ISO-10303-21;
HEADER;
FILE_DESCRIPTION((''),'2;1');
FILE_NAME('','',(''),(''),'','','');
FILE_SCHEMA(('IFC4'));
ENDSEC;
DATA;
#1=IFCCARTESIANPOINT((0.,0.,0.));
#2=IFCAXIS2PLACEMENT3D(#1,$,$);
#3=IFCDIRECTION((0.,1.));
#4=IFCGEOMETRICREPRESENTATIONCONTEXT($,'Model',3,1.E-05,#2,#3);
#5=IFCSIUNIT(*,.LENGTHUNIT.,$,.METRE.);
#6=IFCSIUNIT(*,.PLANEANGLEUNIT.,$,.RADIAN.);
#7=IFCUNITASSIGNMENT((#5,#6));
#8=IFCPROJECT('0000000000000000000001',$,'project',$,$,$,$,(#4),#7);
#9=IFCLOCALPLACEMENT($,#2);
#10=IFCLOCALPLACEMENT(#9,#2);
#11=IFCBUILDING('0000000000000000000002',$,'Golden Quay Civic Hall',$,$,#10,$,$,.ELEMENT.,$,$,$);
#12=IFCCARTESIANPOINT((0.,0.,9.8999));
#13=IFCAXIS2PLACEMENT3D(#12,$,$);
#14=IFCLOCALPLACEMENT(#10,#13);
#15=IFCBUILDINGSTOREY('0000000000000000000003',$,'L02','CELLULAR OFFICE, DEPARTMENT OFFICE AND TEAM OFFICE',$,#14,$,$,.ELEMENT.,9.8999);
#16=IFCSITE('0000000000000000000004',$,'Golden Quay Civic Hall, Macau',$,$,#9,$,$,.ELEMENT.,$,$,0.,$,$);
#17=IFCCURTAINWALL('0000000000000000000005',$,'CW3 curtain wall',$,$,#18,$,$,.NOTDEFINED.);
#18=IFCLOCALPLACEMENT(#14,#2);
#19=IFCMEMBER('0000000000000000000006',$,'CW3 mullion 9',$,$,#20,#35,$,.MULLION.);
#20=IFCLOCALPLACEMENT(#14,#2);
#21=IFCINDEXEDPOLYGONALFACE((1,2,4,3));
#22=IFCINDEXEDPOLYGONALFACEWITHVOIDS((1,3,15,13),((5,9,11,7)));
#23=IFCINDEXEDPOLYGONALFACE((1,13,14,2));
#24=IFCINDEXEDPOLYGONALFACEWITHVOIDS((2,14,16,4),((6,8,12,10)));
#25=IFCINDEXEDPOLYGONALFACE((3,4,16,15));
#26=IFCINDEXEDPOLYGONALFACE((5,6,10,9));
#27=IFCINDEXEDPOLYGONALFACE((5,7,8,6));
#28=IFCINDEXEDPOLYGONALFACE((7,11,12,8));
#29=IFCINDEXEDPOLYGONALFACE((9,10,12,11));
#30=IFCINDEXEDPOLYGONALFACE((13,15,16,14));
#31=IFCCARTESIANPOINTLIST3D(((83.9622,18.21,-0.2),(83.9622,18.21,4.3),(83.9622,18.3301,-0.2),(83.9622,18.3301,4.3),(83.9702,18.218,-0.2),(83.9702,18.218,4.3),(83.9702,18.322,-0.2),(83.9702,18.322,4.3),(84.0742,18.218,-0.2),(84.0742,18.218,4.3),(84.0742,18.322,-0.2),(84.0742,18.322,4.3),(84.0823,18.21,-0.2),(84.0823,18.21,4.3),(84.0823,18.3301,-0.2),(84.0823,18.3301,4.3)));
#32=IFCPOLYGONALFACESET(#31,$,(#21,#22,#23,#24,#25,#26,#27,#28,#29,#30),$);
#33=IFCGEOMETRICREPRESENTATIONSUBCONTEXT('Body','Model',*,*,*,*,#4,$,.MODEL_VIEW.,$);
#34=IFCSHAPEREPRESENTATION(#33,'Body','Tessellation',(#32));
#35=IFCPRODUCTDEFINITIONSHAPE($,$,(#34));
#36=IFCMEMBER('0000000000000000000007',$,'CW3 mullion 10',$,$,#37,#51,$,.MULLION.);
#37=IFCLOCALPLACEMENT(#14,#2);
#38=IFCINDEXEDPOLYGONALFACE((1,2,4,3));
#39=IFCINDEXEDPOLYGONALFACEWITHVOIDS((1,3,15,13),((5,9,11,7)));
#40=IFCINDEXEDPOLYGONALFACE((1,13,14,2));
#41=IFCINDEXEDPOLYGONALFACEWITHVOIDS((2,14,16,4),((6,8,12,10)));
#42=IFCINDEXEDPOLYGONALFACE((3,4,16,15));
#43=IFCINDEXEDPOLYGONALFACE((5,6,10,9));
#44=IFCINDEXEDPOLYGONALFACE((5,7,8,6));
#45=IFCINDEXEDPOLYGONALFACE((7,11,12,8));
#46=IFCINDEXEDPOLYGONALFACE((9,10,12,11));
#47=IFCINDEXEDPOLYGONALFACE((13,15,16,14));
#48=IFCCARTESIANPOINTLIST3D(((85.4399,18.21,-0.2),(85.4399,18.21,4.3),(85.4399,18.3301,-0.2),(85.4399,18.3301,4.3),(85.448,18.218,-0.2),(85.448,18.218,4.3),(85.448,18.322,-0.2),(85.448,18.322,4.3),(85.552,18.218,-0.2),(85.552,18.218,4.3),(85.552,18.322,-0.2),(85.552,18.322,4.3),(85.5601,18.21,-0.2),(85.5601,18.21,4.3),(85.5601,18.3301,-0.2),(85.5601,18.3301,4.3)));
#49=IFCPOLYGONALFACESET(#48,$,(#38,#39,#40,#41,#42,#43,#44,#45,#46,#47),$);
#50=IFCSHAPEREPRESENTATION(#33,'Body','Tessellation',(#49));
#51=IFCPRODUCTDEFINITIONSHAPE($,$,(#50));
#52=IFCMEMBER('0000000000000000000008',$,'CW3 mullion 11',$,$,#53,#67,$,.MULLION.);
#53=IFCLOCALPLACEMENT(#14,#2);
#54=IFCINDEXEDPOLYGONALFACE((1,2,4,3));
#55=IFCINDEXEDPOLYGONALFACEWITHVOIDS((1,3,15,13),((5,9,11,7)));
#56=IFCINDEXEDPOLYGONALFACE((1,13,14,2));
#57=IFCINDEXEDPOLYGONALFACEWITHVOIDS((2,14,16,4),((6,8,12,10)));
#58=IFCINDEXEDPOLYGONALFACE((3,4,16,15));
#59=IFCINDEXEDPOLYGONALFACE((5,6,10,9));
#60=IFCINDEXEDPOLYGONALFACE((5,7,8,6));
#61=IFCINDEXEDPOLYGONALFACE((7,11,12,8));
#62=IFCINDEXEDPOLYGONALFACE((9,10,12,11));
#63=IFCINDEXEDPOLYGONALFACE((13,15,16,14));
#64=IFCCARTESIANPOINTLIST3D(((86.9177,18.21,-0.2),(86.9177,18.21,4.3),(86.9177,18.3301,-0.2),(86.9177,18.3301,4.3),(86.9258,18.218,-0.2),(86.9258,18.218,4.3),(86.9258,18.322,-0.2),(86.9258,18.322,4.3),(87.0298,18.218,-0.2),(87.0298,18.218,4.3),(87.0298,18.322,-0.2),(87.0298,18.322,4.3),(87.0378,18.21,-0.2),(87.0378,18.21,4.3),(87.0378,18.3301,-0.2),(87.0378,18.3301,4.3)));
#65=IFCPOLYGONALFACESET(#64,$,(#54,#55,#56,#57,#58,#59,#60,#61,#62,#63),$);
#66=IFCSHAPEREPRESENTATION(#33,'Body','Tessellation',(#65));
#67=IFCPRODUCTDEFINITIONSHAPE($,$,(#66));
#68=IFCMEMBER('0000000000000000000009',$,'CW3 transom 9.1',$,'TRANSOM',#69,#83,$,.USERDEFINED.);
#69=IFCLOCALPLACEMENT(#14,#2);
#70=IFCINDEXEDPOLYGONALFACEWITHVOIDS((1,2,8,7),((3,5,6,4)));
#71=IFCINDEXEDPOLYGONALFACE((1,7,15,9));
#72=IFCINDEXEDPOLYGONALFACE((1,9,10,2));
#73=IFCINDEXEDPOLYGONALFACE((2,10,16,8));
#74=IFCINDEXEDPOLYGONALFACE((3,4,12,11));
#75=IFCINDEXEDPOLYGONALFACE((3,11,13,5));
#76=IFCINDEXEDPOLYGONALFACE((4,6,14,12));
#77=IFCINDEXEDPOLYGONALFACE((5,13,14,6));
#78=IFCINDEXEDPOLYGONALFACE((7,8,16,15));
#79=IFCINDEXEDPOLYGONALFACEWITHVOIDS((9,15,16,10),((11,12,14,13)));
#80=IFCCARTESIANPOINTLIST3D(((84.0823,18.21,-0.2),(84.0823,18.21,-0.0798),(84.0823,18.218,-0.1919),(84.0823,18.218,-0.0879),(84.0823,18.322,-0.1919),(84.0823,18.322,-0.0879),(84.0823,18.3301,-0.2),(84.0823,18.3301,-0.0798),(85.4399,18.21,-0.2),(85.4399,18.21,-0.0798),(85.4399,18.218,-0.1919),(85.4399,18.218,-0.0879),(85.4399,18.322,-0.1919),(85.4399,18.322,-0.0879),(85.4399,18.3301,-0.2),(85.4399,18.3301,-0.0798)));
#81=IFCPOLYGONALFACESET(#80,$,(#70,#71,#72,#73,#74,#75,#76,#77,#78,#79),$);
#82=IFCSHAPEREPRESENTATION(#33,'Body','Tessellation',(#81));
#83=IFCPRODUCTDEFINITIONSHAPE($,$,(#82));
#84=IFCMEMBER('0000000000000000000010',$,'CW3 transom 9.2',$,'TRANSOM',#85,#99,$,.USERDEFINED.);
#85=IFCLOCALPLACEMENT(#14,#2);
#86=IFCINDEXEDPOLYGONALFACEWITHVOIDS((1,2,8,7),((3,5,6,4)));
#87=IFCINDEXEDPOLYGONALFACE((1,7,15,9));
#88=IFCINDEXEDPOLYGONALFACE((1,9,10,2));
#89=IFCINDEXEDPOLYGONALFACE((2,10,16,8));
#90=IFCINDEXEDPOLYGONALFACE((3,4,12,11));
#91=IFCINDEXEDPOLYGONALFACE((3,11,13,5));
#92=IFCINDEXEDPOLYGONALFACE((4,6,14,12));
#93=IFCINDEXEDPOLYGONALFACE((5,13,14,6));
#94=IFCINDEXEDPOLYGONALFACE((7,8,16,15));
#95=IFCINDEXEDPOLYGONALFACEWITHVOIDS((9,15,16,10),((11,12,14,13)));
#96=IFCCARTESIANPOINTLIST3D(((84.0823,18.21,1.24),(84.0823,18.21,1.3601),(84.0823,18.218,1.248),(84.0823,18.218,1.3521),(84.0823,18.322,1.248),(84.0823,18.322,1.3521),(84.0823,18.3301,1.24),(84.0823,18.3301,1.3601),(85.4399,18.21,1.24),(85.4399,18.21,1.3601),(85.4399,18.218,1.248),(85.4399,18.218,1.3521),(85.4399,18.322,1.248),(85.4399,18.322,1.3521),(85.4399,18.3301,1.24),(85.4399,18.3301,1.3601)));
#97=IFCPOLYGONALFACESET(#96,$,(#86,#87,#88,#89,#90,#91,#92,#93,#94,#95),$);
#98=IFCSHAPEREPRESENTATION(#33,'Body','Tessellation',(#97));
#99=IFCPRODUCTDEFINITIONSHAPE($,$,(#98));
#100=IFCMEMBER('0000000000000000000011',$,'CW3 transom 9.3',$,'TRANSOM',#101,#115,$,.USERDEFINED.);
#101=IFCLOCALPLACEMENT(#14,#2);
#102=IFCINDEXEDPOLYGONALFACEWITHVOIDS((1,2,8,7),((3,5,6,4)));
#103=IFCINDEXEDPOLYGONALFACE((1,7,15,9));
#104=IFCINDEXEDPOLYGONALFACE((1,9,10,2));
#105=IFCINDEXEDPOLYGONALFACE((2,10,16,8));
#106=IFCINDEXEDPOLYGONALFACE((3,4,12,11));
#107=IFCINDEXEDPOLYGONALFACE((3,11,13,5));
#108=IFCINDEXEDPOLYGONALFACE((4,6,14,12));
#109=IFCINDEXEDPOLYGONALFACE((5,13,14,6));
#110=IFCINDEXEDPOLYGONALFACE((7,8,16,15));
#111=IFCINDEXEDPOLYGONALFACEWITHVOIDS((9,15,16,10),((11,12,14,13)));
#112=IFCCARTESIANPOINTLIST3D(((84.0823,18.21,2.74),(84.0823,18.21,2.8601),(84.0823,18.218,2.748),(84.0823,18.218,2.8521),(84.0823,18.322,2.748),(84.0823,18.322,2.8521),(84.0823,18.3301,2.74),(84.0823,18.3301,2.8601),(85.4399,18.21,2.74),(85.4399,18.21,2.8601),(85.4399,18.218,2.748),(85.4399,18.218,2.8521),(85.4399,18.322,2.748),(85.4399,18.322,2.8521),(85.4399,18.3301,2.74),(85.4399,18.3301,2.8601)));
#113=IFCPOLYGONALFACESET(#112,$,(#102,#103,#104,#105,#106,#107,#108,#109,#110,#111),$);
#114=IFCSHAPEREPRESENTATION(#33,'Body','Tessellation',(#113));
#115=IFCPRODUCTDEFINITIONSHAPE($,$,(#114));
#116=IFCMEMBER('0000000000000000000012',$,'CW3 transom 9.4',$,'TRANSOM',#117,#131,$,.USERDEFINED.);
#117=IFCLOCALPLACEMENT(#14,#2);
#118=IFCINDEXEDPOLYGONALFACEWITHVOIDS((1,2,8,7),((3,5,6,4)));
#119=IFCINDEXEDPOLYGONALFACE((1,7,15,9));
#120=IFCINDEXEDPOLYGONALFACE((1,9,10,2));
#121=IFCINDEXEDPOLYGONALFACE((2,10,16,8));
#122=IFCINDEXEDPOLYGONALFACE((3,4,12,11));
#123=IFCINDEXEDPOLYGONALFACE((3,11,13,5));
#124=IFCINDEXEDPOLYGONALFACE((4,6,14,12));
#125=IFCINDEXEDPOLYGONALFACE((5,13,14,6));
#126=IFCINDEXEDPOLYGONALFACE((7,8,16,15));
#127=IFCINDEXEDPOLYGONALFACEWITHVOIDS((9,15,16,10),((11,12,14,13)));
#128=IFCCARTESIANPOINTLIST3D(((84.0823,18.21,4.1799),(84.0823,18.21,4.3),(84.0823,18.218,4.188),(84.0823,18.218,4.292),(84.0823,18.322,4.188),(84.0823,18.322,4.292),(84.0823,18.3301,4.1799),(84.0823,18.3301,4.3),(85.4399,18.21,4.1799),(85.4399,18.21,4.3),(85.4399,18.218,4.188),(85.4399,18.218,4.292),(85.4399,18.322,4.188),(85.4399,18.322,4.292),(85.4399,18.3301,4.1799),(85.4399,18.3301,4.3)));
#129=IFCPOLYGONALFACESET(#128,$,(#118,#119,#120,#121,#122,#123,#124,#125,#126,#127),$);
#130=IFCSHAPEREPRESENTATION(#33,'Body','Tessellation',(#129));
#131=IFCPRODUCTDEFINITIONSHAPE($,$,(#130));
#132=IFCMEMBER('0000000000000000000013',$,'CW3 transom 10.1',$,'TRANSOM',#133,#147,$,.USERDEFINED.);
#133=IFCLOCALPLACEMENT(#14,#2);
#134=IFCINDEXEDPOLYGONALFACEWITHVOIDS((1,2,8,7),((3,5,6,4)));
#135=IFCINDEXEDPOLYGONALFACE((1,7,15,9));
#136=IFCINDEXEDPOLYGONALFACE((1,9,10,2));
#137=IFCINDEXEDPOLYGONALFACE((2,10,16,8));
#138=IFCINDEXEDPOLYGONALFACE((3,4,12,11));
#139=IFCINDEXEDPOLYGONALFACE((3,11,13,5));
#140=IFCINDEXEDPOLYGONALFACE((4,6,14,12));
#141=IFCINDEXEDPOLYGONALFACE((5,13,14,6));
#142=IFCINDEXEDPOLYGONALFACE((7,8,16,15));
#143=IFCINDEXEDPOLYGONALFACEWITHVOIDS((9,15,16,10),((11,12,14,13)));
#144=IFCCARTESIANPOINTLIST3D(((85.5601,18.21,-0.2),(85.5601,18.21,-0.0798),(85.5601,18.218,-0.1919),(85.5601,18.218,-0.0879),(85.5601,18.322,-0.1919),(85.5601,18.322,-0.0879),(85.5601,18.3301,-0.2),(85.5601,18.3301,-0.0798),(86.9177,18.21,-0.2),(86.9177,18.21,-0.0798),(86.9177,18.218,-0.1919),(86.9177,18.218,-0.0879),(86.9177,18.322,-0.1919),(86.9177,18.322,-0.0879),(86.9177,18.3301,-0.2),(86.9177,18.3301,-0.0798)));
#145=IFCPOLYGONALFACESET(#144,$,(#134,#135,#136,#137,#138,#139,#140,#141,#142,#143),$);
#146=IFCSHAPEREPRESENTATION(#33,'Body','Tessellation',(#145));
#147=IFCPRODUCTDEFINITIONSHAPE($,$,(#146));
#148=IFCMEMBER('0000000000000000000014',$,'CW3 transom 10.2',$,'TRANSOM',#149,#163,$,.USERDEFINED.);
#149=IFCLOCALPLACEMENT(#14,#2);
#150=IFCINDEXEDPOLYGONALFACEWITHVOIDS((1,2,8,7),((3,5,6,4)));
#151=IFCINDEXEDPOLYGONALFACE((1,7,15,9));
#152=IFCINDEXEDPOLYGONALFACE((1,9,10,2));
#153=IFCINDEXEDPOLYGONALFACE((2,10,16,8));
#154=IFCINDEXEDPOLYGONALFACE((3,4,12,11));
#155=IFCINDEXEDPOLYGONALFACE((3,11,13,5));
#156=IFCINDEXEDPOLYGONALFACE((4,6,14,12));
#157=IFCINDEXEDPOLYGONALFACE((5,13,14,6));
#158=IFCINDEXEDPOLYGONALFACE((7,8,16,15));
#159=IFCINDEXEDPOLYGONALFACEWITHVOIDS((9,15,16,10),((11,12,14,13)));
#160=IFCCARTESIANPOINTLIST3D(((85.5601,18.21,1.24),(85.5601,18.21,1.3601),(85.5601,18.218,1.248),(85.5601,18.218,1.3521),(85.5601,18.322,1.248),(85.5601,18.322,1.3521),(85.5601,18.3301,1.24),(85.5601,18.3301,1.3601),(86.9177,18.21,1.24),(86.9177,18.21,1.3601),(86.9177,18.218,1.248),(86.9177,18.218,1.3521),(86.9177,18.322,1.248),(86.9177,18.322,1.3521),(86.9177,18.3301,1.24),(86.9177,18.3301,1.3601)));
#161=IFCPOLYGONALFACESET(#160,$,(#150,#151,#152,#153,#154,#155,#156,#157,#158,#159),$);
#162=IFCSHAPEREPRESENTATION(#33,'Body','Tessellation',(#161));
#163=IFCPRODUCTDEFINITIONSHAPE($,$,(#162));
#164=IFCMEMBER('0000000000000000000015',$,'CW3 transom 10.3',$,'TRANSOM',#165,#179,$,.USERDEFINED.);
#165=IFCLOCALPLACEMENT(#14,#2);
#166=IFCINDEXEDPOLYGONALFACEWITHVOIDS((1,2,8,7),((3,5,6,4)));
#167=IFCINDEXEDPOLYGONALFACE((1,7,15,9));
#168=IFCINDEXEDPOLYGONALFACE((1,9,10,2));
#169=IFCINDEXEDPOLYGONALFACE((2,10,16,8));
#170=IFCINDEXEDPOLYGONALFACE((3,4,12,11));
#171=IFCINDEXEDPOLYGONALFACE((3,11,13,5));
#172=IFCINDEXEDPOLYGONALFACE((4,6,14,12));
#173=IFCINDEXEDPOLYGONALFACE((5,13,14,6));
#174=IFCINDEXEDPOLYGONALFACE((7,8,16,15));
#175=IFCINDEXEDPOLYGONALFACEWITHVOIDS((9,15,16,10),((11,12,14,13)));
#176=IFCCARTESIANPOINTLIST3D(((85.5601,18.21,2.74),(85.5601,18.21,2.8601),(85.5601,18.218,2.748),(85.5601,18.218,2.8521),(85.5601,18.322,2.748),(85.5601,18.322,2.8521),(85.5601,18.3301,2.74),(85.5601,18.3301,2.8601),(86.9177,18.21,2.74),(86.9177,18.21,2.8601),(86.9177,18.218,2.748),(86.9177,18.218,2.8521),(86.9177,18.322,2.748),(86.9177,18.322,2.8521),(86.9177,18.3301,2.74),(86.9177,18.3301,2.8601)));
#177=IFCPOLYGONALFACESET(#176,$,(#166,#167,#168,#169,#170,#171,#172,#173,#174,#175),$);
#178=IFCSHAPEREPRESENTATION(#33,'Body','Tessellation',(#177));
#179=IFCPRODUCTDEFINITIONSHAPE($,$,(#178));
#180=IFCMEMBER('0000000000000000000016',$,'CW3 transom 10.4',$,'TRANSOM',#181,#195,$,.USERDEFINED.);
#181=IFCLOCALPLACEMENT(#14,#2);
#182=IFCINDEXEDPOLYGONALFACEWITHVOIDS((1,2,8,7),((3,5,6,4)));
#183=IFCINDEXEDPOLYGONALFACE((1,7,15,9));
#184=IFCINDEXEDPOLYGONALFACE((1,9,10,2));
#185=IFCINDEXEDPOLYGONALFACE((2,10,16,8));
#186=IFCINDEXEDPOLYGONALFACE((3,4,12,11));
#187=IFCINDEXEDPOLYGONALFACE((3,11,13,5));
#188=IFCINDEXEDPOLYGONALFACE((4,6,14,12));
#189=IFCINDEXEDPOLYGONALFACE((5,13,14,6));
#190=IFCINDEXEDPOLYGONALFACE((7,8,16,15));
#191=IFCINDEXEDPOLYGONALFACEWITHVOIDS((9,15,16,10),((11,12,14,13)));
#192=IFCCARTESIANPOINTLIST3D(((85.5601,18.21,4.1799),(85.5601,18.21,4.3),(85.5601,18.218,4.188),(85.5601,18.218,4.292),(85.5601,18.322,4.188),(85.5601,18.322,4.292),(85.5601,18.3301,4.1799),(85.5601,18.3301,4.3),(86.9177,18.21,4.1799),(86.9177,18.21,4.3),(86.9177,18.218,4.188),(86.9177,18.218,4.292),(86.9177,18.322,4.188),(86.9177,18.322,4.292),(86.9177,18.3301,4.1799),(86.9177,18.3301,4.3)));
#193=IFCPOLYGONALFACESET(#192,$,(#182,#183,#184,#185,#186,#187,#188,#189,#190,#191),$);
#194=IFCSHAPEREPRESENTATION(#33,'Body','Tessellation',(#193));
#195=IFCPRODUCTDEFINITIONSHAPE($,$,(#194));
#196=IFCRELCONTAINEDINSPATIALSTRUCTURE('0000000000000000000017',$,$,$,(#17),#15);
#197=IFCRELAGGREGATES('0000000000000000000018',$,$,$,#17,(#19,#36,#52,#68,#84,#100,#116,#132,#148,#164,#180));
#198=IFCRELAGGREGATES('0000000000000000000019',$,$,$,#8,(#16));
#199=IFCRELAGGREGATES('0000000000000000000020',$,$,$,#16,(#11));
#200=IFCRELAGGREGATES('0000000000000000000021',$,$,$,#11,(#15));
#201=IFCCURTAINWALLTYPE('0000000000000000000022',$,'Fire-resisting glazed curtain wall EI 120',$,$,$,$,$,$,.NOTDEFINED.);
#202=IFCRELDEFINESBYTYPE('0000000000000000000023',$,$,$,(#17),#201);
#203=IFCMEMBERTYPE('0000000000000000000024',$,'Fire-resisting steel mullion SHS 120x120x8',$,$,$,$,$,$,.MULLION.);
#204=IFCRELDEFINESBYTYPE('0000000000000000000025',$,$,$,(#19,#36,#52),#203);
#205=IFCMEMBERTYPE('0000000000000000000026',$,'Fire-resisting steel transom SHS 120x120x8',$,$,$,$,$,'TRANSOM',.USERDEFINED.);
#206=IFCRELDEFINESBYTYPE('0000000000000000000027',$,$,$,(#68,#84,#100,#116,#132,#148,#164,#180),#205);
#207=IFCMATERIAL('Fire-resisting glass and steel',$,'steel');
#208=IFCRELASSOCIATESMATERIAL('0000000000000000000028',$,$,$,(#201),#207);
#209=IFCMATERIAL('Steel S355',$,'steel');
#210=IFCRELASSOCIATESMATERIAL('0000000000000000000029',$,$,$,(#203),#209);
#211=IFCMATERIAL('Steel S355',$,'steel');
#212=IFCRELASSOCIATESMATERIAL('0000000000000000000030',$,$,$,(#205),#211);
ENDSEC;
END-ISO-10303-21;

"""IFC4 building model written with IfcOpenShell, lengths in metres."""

from ifc_helpers import new_model, si_unit, direction, frame, origin, origin_2d, place, context, subcontext, project, spatial, hollow_rectangle, extrude, material, material_profile, profile_set, type_object, element, aggregate, save


model = new_model("IFC4")

# Units and contexts
model_context = context("Model", 3, precision=1e-05, world=origin(), true_north=direction((0.0, 1.0)))
body_context = subcontext(model_context, "Body", "Model", "MODEL_VIEW")
ifc_project = project(units=[si_unit("LENGTHUNIT", "METRE"), si_unit("PLANEANGLEUNIT", "RADIAN")], contexts=[model_context])

# Site, building, storey
site_placement = place(None, origin())
site = spatial("IfcSite", under=ifc_project, at=site_placement, Name="Golden Quay Civic Hall, Macau", CompositionType="ELEMENT", RefElevation=0.0)
building_placement = place(site_placement, origin())
building = spatial("IfcBuilding", under=site, at=building_placement, Name="Golden Quay Civic Hall", CompositionType="ELEMENT")
storey_placement = place(building_placement, frame((0.0, 0.0, 9.8999)))
storey = spatial("IfcBuildingStorey", under=building, at=storey_placement, Name="L02", Description="CELLULAR OFFICE, DEPARTMENT OFFICE AND TEAM OFFICE", CompositionType="ELEMENT", Elevation=9.8999)

# Curtain wall, members
ifc_material_1 = material(Name="Fire-resisting glass and steel", Category="steel")
curtain_wall_type_1 = type_object("IfcCurtainWallType", Name="Fire-resisting glazed curtain wall EI 120", PredefinedType="NOTDEFINED", material=ifc_material_1)
curtain_wall_1_placement = place(storey_placement, origin())
curtain_wall_1 = element("IfcCurtainWall", 1, at=curtain_wall_1_placement, inside=storey, type_object=curtain_wall_type_1, Name="CW3 curtain wall", PredefinedType="NOTDEFINED")
ifc_material_2 = material(Name="Steel S355", Category="steel")
ifc_material_profile_1 = material_profile(ifc_material_2, hollow_rectangle(XDim=0.1201, YDim=0.1201, WallThickness=0.0081, at=origin_2d()), Name="SHS 120x120x8")
ifc_profile_set_1 = profile_set([ifc_material_profile_1], Name="Steel S355")
member_type_1 = type_object("IfcMemberType", Name="Fire-resisting steel mullion SHS 120x120x8", PredefinedType="MULLION", material=ifc_profile_set_1)
member_1_placement = place(storey_placement, frame((84.0222, 18.27, -0.2), z_axis=(0.0, 0.0, 1.0), x_axis=(0.0, 1.0, 0.0)))
member_1 = element("IfcMember", 2, at=member_1_placement, type_object=member_type_1, Name="CW3 mullion 9", PredefinedType="MULLION", context=body_context, shape_type="SweptSolid", body=[
    extrude(hollow_rectangle(XDim=0.1201, YDim=0.1201, WallThickness=0.0081, at=origin_2d()), origin(), (0.0, 0.0, 1.0), 4.5),
])
member_2_placement = place(storey_placement, frame((85.5, 18.27, -0.2), z_axis=(0.0, 0.0, 1.0), x_axis=(0.0, 1.0, 0.0)))
member_2 = element("IfcMember", 3, at=member_2_placement, type_object=member_type_1, Name="CW3 mullion 10", PredefinedType="MULLION", context=body_context, shape_type="SweptSolid", body=[
    extrude(hollow_rectangle(XDim=0.1201, YDim=0.1201, WallThickness=0.0081, at=origin_2d()), origin(), (0.0, 0.0, 1.0), 4.5),
])
member_3_placement = place(storey_placement, frame((86.9778, 18.27, -0.2), z_axis=(0.0, 0.0, 1.0), x_axis=(0.0, 1.0, 0.0)))
member_3 = element("IfcMember", 4, at=member_3_placement, type_object=member_type_1, Name="CW3 mullion 11", PredefinedType="MULLION", context=body_context, shape_type="SweptSolid", body=[
    extrude(hollow_rectangle(XDim=0.1201, YDim=0.1201, WallThickness=0.0081, at=origin_2d()), origin(), (0.0, 0.0, 1.0), 4.5),
])
ifc_material_3 = material(Name="Steel S355", Category="steel")
ifc_material_profile_2 = material_profile(ifc_material_3, hollow_rectangle(XDim=0.1201, YDim=0.1201, WallThickness=0.0081, at=origin_2d()), Name="SHS 120x120x8")
ifc_profile_set_2 = profile_set([ifc_material_profile_2], Name="Steel S355")
member_type_2 = type_object("IfcMemberType", Name="Fire-resisting steel transom SHS 120x120x8", ElementType="TRANSOM", PredefinedType="USERDEFINED", material=ifc_profile_set_2)
member_4_placement = place(storey_placement, frame((84.0823, 18.27, -0.1399), z_axis=(1.0, 0.0, 0.0), x_axis=(0.0, 1.0, 0.0)))
member_4 = element("IfcMember", 5, at=member_4_placement, type_object=member_type_2, Name="CW3 transom 9.1", ObjectType="TRANSOM", PredefinedType="USERDEFINED", context=body_context, shape_type="SweptSolid", body=[
    extrude(hollow_rectangle(XDim=0.1201, YDim=0.1201, WallThickness=0.0081, at=origin_2d()), origin(), (0.0, 0.0, 1.0), 1.3577),
])
member_5_placement = place(storey_placement, frame((84.0823, 18.27, 1.3), z_axis=(1.0, 0.0, 0.0), x_axis=(0.0, 1.0, 0.0)))
member_5 = element("IfcMember", 6, at=member_5_placement, type_object=member_type_2, Name="CW3 transom 9.2", ObjectType="TRANSOM", PredefinedType="USERDEFINED", context=body_context, shape_type="SweptSolid", body=[
    extrude(hollow_rectangle(XDim=0.1201, YDim=0.1201, WallThickness=0.0081, at=origin_2d()), origin(), (0.0, 0.0, 1.0), 1.3577),
])
member_6_placement = place(storey_placement, frame((84.0823, 18.27, 2.8), z_axis=(1.0, 0.0, 0.0), x_axis=(0.0, 1.0, 0.0)))
member_6 = element("IfcMember", 7, at=member_6_placement, type_object=member_type_2, Name="CW3 transom 9.3", ObjectType="TRANSOM", PredefinedType="USERDEFINED", context=body_context, shape_type="SweptSolid", body=[
    extrude(hollow_rectangle(XDim=0.1201, YDim=0.1201, WallThickness=0.0081, at=origin_2d()), origin(), (0.0, 0.0, 1.0), 1.3577),
])
member_7_placement = place(storey_placement, frame((84.0823, 18.27, 4.24), z_axis=(1.0, 0.0, 0.0), x_axis=(0.0, 1.0, 0.0)))
member_7 = element("IfcMember", 8, at=member_7_placement, type_object=member_type_2, Name="CW3 transom 9.4", ObjectType="TRANSOM", PredefinedType="USERDEFINED", context=body_context, shape_type="SweptSolid", body=[
    extrude(hollow_rectangle(XDim=0.1201, YDim=0.1201, WallThickness=0.0081, at=origin_2d()), origin(), (0.0, 0.0, 1.0), 1.3577),
])
member_8_placement = place(storey_placement, frame((85.5601, 18.27, -0.1399), z_axis=(1.0, 0.0, 0.0), x_axis=(0.0, 1.0, 0.0)))
member_8 = element("IfcMember", 9, at=member_8_placement, type_object=member_type_2, Name="CW3 transom 10.1", ObjectType="TRANSOM", PredefinedType="USERDEFINED", context=body_context, shape_type="SweptSolid", body=[
    extrude(hollow_rectangle(XDim=0.1201, YDim=0.1201, WallThickness=0.0081, at=origin_2d()), origin(), (0.0, 0.0, 1.0), 1.3577),
])
member_9_placement = place(storey_placement, frame((85.5601, 18.27, 1.3), z_axis=(1.0, 0.0, 0.0), x_axis=(0.0, 1.0, 0.0)))
member_9 = element("IfcMember", 10, at=member_9_placement, type_object=member_type_2, Name="CW3 transom 10.2", ObjectType="TRANSOM", PredefinedType="USERDEFINED", context=body_context, shape_type="SweptSolid", body=[
    extrude(hollow_rectangle(XDim=0.1201, YDim=0.1201, WallThickness=0.0081, at=origin_2d()), origin(), (0.0, 0.0, 1.0), 1.3577),
])
member_10_placement = place(storey_placement, frame((85.5601, 18.27, 2.8), z_axis=(1.0, 0.0, 0.0), x_axis=(0.0, 1.0, 0.0)))
member_10 = element("IfcMember", 11, at=member_10_placement, type_object=member_type_2, Name="CW3 transom 10.3", ObjectType="TRANSOM", PredefinedType="USERDEFINED", context=body_context, shape_type="SweptSolid", body=[
    extrude(hollow_rectangle(XDim=0.1201, YDim=0.1201, WallThickness=0.0081, at=origin_2d()), origin(), (0.0, 0.0, 1.0), 1.3577),
])
member_11_placement = place(storey_placement, frame((85.5601, 18.27, 4.24), z_axis=(1.0, 0.0, 0.0), x_axis=(0.0, 1.0, 0.0)))
member_11 = element("IfcMember", 12, at=member_11_placement, type_object=member_type_2, Name="CW3 transom 10.4", ObjectType="TRANSOM", PredefinedType="USERDEFINED", context=body_context, shape_type="SweptSolid", body=[
    extrude(hollow_rectangle(XDim=0.1201, YDim=0.1201, WallThickness=0.0081, at=origin_2d()), origin(), (0.0, 0.0, 1.0), 1.3577),
])

aggregate(curtain_wall_1, [member_1, member_2, member_3, member_4, member_5, member_6, member_7, member_8, member_9, member_10, member_11])

save(model, "model.ifc")
